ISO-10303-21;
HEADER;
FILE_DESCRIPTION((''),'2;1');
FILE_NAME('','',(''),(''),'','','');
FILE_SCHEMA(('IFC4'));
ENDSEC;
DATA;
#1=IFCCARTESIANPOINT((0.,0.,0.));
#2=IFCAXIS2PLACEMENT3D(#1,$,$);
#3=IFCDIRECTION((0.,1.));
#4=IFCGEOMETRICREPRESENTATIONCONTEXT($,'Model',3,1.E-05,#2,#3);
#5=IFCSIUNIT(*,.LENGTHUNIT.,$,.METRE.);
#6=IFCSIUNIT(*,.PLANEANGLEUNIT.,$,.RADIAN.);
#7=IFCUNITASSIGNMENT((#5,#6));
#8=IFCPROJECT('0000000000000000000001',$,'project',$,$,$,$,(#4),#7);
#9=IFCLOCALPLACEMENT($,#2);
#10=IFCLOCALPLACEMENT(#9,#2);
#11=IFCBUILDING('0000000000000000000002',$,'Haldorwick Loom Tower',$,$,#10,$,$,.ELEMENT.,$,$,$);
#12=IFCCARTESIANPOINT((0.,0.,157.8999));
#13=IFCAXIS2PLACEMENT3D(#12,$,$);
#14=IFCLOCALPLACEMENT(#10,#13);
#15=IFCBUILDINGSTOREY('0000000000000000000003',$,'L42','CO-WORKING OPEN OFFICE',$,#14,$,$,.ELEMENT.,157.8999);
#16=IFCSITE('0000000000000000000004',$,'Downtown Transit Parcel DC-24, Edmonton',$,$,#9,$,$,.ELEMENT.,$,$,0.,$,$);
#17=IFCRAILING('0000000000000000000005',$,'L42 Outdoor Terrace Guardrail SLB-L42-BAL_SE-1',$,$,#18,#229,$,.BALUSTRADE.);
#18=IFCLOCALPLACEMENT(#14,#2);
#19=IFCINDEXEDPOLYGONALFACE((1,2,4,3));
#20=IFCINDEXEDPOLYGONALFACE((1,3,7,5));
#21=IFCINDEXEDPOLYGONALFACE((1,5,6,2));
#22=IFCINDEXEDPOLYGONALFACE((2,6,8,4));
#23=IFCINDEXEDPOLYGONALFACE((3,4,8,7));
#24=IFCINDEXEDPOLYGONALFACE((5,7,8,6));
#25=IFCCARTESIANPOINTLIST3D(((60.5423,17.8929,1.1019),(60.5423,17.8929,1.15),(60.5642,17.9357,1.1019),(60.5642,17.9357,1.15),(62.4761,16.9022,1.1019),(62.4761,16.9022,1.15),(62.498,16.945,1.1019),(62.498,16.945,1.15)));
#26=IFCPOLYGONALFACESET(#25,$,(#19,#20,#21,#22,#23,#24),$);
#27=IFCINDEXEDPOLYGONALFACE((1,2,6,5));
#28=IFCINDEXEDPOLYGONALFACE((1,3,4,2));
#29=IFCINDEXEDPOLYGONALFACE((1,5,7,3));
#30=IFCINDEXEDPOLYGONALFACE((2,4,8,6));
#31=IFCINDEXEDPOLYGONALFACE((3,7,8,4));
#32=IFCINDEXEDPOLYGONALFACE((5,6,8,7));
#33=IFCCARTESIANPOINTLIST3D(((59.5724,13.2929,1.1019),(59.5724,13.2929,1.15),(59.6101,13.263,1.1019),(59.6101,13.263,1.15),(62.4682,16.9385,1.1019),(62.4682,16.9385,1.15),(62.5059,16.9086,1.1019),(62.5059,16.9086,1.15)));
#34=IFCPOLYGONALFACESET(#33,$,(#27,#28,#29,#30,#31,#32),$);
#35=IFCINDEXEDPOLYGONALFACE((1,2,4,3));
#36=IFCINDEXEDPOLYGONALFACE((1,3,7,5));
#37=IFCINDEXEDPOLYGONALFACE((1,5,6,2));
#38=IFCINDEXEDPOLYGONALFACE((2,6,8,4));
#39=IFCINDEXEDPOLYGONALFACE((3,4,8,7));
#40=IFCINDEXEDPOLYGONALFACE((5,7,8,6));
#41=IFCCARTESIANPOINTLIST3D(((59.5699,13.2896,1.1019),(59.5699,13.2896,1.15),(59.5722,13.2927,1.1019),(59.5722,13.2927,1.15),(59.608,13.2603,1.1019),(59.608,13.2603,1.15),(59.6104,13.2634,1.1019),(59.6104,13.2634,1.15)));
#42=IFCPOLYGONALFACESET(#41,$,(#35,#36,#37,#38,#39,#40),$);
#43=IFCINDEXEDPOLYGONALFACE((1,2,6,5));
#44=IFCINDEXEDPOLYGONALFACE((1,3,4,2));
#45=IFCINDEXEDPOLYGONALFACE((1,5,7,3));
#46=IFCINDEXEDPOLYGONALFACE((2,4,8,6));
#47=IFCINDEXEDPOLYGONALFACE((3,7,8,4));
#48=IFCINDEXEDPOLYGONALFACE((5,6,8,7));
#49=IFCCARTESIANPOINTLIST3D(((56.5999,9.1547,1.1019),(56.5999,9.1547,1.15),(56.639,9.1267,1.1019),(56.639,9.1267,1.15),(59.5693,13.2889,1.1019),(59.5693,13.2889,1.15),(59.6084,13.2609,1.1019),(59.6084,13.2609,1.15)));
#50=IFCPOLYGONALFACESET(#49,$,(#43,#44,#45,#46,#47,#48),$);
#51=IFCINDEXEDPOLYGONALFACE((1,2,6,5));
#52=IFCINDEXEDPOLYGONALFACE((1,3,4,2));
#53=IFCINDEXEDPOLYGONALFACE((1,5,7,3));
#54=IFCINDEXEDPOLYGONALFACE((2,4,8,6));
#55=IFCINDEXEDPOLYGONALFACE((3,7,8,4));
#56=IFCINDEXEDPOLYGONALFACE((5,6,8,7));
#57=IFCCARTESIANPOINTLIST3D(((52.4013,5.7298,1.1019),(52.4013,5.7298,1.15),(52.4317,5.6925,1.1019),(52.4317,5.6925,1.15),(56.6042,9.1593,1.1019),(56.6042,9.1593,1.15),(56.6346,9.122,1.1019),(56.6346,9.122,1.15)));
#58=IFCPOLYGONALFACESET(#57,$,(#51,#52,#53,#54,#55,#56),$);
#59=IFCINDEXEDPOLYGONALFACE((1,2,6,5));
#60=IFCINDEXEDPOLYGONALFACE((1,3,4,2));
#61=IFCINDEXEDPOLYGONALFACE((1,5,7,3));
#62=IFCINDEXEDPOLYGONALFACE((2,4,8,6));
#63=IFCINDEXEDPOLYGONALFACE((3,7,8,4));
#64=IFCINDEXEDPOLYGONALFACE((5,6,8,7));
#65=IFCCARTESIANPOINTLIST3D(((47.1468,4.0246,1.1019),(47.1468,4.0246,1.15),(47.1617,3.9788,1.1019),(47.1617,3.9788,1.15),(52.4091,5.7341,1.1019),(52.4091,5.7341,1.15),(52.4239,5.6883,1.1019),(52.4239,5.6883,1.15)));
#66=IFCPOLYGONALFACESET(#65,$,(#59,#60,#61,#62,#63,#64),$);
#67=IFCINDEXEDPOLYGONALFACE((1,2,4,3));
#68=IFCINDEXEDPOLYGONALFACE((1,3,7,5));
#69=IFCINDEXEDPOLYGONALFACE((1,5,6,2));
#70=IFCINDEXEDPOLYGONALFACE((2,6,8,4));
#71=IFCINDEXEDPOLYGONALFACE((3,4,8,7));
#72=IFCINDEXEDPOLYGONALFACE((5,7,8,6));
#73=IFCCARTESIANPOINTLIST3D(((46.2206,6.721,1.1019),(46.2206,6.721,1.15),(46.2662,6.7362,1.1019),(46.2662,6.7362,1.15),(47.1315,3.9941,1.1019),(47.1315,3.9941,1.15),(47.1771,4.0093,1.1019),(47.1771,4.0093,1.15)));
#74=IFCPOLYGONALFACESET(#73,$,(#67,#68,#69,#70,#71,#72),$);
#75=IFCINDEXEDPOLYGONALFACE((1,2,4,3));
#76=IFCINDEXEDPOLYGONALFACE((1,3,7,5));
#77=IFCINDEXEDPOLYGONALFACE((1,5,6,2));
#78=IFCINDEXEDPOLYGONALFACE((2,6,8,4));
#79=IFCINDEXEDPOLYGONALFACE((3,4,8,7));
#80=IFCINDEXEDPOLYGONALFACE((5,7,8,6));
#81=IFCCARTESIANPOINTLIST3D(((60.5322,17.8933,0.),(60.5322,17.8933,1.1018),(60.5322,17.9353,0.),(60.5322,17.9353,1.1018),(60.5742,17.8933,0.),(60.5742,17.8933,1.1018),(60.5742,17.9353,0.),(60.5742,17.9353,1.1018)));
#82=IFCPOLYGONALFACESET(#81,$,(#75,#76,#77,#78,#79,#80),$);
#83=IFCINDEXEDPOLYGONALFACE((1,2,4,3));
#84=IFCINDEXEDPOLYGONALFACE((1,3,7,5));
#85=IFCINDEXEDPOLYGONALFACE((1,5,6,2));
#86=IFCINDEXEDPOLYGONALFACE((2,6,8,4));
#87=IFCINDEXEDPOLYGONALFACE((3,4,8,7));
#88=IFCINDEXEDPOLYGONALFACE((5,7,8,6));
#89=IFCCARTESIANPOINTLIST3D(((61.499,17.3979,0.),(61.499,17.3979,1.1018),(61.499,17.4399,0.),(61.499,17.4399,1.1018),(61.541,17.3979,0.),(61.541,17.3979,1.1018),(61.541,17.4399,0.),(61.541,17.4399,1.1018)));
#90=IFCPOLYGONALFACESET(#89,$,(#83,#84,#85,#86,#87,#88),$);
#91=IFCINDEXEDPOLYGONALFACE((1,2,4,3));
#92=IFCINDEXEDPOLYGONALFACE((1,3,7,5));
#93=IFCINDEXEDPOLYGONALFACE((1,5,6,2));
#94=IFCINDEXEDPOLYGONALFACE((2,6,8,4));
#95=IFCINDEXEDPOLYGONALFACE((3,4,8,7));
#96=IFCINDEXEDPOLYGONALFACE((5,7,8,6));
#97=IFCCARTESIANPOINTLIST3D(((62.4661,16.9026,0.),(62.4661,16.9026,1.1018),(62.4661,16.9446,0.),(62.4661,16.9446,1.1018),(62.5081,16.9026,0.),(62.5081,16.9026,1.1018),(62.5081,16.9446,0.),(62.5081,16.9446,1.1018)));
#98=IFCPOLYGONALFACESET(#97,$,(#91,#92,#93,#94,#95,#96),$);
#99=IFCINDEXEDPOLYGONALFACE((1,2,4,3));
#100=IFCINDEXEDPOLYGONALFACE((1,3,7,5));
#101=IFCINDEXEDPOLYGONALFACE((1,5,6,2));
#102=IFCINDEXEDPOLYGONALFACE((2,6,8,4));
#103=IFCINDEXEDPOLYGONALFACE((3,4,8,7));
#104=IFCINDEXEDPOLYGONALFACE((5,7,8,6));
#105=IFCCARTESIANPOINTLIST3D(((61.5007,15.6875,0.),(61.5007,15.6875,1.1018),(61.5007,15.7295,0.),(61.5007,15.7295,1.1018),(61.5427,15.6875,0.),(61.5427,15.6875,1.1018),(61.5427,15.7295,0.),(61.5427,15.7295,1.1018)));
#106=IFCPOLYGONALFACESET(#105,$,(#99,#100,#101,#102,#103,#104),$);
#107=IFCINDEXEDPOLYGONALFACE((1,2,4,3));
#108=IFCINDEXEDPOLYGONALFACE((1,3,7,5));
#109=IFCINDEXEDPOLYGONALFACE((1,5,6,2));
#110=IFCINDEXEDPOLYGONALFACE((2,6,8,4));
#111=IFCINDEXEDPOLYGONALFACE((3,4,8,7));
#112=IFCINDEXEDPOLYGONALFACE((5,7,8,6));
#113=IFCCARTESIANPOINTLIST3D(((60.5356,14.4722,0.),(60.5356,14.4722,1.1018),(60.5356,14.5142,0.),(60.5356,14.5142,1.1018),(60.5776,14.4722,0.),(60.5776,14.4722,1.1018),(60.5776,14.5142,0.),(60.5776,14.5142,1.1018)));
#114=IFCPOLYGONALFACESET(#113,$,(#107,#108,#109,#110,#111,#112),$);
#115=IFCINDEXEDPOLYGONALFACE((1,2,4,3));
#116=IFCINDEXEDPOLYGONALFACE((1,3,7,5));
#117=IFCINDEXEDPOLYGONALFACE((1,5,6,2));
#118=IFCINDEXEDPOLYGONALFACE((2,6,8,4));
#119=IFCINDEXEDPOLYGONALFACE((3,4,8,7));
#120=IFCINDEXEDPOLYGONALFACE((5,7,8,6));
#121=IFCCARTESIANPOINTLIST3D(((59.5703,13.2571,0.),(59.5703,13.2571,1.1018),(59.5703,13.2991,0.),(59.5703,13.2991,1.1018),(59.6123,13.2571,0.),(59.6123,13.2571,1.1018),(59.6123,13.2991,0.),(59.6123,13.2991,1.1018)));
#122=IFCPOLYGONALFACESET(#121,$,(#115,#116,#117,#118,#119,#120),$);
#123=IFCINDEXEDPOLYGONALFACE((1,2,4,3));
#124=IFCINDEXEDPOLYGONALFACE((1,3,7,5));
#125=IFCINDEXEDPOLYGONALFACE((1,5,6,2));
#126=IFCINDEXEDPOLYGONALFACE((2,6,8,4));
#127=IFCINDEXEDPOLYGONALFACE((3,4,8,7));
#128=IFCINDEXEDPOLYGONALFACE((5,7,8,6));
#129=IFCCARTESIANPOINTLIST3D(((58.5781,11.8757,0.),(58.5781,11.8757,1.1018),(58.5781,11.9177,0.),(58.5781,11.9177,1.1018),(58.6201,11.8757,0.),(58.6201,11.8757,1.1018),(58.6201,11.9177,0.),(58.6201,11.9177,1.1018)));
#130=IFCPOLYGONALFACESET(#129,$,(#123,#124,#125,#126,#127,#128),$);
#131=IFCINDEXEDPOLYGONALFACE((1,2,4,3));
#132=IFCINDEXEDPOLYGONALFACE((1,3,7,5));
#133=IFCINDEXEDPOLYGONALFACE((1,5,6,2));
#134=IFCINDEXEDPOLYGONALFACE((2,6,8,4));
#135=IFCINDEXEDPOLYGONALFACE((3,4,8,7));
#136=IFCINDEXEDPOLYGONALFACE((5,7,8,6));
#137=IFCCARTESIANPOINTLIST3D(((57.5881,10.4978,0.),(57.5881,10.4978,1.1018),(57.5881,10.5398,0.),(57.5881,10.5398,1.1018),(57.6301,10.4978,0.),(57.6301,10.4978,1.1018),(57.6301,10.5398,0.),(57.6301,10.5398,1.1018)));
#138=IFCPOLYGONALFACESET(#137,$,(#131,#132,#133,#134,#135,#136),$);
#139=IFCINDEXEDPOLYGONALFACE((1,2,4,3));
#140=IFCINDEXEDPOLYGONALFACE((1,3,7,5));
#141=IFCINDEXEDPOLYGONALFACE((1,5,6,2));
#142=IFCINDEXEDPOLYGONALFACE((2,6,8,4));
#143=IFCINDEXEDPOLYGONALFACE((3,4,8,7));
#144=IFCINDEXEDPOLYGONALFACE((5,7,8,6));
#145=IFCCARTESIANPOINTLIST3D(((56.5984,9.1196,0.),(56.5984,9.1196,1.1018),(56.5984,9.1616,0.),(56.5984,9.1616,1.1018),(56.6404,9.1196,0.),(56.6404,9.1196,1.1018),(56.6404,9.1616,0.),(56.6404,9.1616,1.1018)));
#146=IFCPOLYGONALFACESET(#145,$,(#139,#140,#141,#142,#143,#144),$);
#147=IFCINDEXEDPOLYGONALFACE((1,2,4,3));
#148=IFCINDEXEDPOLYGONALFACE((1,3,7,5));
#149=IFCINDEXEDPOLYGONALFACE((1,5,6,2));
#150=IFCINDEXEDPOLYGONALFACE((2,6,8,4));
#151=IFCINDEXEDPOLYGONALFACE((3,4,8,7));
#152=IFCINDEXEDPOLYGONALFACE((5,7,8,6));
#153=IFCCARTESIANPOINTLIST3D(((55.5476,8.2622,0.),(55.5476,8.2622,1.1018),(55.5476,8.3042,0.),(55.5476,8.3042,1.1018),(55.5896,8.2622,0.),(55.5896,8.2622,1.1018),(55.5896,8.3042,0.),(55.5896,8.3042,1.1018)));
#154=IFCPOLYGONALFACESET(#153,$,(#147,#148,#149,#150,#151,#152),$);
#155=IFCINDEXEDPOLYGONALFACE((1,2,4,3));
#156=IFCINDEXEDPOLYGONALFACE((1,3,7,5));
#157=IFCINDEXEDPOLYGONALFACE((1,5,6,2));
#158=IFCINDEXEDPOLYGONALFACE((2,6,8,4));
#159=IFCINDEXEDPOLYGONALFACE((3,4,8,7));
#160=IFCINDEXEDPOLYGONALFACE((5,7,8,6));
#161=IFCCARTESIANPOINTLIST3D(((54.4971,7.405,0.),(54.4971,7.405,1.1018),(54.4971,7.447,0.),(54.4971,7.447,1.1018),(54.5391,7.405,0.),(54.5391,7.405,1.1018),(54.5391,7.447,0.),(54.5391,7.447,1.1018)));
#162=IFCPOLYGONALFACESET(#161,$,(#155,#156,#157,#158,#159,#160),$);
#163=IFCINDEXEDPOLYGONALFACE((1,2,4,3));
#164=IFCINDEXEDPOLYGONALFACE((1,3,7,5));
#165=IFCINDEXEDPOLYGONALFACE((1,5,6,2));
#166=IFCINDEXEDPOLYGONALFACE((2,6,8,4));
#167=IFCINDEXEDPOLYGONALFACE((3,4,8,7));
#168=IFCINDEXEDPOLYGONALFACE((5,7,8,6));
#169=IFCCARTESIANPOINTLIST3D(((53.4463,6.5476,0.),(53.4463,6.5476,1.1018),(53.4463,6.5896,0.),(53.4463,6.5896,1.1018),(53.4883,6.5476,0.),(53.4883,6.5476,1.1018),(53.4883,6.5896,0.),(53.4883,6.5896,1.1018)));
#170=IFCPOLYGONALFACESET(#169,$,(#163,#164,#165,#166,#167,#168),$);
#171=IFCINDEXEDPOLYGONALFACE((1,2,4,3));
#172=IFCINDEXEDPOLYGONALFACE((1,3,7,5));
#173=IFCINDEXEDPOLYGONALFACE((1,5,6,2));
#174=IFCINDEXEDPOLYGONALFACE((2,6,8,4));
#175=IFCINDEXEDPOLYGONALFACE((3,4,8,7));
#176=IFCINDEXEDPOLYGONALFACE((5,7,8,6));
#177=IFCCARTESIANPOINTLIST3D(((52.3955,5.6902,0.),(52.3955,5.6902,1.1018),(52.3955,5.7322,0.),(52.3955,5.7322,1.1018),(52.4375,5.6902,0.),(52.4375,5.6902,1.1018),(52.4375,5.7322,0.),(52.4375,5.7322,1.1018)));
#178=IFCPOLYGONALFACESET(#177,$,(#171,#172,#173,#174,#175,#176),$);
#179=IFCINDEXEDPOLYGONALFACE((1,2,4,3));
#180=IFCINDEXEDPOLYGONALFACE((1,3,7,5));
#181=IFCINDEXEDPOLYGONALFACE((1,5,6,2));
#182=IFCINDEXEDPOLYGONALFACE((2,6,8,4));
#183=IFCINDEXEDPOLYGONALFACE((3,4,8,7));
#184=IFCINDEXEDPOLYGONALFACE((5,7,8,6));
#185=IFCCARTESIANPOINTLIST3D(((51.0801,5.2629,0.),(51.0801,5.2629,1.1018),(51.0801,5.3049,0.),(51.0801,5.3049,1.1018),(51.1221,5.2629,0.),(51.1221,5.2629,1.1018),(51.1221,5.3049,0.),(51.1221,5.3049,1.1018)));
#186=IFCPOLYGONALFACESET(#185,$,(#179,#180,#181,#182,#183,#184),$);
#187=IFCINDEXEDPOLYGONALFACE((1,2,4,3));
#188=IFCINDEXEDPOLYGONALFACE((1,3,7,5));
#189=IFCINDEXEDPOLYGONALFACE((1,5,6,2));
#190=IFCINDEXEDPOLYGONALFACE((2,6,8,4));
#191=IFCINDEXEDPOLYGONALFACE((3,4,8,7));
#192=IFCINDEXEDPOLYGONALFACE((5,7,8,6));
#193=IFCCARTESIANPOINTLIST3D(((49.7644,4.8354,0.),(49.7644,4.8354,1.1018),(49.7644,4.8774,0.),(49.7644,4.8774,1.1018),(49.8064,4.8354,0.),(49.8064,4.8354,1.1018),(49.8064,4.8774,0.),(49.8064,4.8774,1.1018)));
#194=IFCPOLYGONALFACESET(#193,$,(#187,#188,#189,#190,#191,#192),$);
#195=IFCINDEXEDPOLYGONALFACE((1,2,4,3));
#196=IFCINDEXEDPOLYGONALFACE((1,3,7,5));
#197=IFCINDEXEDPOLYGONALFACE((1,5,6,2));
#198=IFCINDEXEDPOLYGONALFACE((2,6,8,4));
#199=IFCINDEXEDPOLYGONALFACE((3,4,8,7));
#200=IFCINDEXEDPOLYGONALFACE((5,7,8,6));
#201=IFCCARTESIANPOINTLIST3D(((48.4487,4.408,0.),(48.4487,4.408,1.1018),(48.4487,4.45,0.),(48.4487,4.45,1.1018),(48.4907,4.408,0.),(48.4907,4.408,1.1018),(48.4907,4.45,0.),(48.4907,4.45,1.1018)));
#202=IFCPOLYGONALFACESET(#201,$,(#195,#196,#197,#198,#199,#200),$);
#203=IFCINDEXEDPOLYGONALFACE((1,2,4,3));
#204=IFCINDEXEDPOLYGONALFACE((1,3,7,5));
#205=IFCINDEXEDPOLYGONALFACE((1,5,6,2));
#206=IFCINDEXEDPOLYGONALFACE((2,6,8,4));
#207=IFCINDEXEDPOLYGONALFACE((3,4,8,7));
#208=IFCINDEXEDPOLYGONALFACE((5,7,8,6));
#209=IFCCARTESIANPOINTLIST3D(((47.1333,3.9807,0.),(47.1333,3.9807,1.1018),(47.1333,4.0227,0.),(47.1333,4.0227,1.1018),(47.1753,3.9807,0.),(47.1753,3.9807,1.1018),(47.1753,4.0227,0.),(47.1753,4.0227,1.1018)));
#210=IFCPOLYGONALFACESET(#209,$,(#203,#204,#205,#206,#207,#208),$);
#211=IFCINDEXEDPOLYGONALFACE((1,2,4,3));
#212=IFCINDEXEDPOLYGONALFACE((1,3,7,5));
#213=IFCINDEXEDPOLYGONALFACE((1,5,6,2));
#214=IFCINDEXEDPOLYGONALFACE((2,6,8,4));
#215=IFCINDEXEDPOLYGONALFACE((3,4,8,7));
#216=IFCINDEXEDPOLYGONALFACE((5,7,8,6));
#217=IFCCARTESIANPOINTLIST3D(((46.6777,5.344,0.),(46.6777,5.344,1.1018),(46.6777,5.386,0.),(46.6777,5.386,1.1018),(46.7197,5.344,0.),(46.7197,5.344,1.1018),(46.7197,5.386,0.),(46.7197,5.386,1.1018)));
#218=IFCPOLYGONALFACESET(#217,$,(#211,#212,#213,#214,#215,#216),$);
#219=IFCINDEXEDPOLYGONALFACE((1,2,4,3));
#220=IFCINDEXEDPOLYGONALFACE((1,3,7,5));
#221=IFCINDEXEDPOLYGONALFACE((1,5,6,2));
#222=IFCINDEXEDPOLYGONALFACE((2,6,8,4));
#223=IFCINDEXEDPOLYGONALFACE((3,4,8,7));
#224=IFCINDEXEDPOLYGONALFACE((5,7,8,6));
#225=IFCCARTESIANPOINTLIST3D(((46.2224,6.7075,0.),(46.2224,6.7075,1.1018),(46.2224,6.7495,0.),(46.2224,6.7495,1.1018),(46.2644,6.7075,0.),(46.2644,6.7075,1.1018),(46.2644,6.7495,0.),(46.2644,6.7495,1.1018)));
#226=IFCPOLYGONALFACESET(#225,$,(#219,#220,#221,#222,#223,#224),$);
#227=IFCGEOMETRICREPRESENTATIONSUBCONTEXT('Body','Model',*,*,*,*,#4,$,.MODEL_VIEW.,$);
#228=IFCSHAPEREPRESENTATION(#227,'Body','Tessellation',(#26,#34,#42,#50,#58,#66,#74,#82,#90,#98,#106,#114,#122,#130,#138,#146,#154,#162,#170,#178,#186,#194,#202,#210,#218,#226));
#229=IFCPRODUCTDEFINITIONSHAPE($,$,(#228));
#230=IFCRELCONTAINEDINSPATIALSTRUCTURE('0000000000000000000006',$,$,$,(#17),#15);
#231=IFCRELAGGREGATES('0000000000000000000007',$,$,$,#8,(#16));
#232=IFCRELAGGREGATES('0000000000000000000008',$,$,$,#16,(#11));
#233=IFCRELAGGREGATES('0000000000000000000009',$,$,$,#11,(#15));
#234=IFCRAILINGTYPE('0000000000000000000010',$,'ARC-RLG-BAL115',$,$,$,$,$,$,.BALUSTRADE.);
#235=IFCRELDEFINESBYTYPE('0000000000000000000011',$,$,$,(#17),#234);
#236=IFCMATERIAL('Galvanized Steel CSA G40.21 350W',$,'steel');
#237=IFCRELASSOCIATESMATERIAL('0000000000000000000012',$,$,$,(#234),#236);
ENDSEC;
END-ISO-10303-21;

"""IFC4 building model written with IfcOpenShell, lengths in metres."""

from ifc_helpers import new_model, si_unit, direction, frame, origin, origin_2d, place, context, subcontext, project, spatial, rectangle, extrude, material, type_object, element, save


model = new_model("IFC4")

# Units and contexts
model_context = context("Model", 3, precision=1e-05, world=origin(), true_north=direction((0.0, 1.0)))
body_context = subcontext(model_context, "Body", "Model", "MODEL_VIEW")
ifc_project = project(units=[si_unit("LENGTHUNIT", "METRE"), si_unit("PLANEANGLEUNIT", "RADIAN")], contexts=[model_context])

# Site, building, storey
site_placement = place(None, origin())
site = spatial("IfcSite", under=ifc_project, at=site_placement, Name="Downtown Transit Parcel DC-24, Edmonton", CompositionType="ELEMENT", RefElevation=0.0)
building_placement = place(site_placement, origin())
building = spatial("IfcBuilding", under=site, at=building_placement, Name="Haldorwick Loom Tower", CompositionType="ELEMENT")
storey_placement = place(building_placement, frame((0.0, 0.0, 157.8999)))
storey = spatial("IfcBuildingStorey", under=building, at=storey_placement, Name="L42", Description="CO-WORKING OPEN OFFICE", CompositionType="ELEMENT", Elevation=157.8999)

# Railing
ifc_material_1 = material(Name="Galvanized Steel CSA G40.21 350W", Category="steel")
railing_type = type_object("IfcRailingType", Name="ARC-RLG-BAL115", PredefinedType="BALUSTRADE", material=ifc_material_1)
railing_placement = place(storey_placement, frame((60.5532, 17.9143, 0.0)))
element("IfcRailing", 1, at=railing_placement, inside=storey, type_object=railing_type, Name="L42 Outdoor Terrace Guardrail SLB-L42-BAL_SE-1", PredefinedType="BALUSTRADE", context=body_context, shape_type="SweptSolid", body=[
    extrude(rectangle(XDim=0.0481, YDim=0.0481, at=origin_2d()), frame((0.0, 0.0, 1.126), z_axis=(0.890002, -0.455956, 0.0), x_axis=(0.455956, 0.890002, 0.0)), (0.0, 0.0, 1.0), 2.1729),
    extrude(rectangle(XDim=0.0481, YDim=0.0481, at=origin_2d()), frame((1.9338, -0.9907, 1.126), z_axis=(-0.621986, -0.783028, 0.0), x_axis=(0.783028, -0.621986, 0.0)), (0.0, 0.0, 1.0), 4.6558),
    extrude(rectangle(XDim=0.0481, YDim=0.0481, at=origin_2d()), frame((-0.9619, -4.6362, 1.126), z_axis=(-0.609711, -0.792624, 0.0), x_axis=(0.792624, -0.609711, 0.0)), (0.0, 0.0, 1.0), 0.0039),
    extrude(rectangle(XDim=0.0481, YDim=0.0481, at=origin_2d()), frame((-0.9644, -4.6394, 1.126), z_axis=(-0.583373, -0.812204, 0.0), x_axis=(0.812204, -0.583373, 0.0)), (0.0, 0.0, 1.0), 5.0901),
    extrude(rectangle(XDim=0.0481, YDim=0.0481, at=origin_2d()), frame((-3.9338, -8.7737, 1.126), z_axis=(-0.774795, -0.632213, 0.0), x_axis=(0.632213, -0.774795, 0.0)), (0.0, 0.0, 1.0), 5.4246),
    extrude(rectangle(XDim=0.0481, YDim=0.0481, at=origin_2d()), frame((-8.1367, -12.2031, 1.126), z_axis=(-0.951074, -0.308964, 0.0), x_axis=(0.308964, -0.951074, 0.0)), (0.0, 0.0, 1.0), 5.533),
    extrude(rectangle(XDim=0.0481, YDim=0.0481, at=origin_2d()), frame((-13.3989, -13.9126, 1.126), z_axis=(-0.316839, 0.948479, 0.0), x_axis=(-0.948479, -0.316839, 0.0)), (0.0, 0.0, 1.0), 2.875),
    extrude(rectangle(XDim=0.042, YDim=0.042, at=origin_2d()), origin(), (0.0, 0.0, 1.0), 1.1018),
    extrude(rectangle(XDim=0.042, YDim=0.042, at=origin_2d()), frame((0.9668, -0.4954, 0.0)), (0.0, 0.0, 1.0), 1.1018),
    extrude(rectangle(XDim=0.042, YDim=0.042, at=origin_2d()), frame((1.9338, -0.9907, 0.0)), (0.0, 0.0, 1.0), 1.1018),
    extrude(rectangle(XDim=0.042, YDim=0.042, at=origin_2d()), frame((0.9685, -2.2058, 0.0)), (0.0, 0.0, 1.0), 1.1018),
    extrude(rectangle(XDim=0.042, YDim=0.042, at=origin_2d()), frame((0.0034, -3.4211, 0.0)), (0.0, 0.0, 1.0), 1.1018),
    extrude(rectangle(XDim=0.042, YDim=0.042, at=origin_2d()), frame((-0.9619, -4.6362, 0.0)), (0.0, 0.0, 1.0), 1.1018),
    extrude(rectangle(XDim=0.042, YDim=0.042, at=origin_2d()), frame((-1.9541, -6.0176, 0.0)), (0.0, 0.0, 1.0), 1.1018),
    extrude(rectangle(XDim=0.042, YDim=0.042, at=origin_2d()), frame((-2.9441, -7.3955, 0.0)), (0.0, 0.0, 1.0), 1.1018),
    extrude(rectangle(XDim=0.042, YDim=0.042, at=origin_2d()), frame((-3.9338, -8.7737, 0.0)), (0.0, 0.0, 1.0), 1.1018),
    extrude(rectangle(XDim=0.042, YDim=0.042, at=origin_2d()), frame((-4.9846, -9.6311, 0.0)), (0.0, 0.0, 1.0), 1.1018),
    extrude(rectangle(XDim=0.042, YDim=0.042, at=origin_2d()), frame((-6.0352, -10.4883, 0.0)), (0.0, 0.0, 1.0), 1.1018),
    extrude(rectangle(XDim=0.042, YDim=0.042, at=origin_2d()), frame((-7.0859, -11.3457, 0.0)), (0.0, 0.0, 1.0), 1.1018),
    extrude(rectangle(XDim=0.042, YDim=0.042, at=origin_2d()), frame((-8.1367, -12.2031, 0.0)), (0.0, 0.0, 1.0), 1.1018),
    extrude(rectangle(XDim=0.042, YDim=0.042, at=origin_2d()), frame((-9.4521, -12.6304, 0.0)), (0.0, 0.0, 1.0), 1.1018),
    extrude(rectangle(XDim=0.042, YDim=0.042, at=origin_2d()), frame((-10.7678, -13.0579, 0.0)), (0.0, 0.0, 1.0), 1.1018),
    extrude(rectangle(XDim=0.042, YDim=0.042, at=origin_2d()), frame((-12.0835, -13.4854, 0.0)), (0.0, 0.0, 1.0), 1.1018),
    extrude(rectangle(XDim=0.042, YDim=0.042, at=origin_2d()), frame((-13.3989, -13.9126, 0.0)), (0.0, 0.0, 1.0), 1.1018),
    extrude(rectangle(XDim=0.042, YDim=0.042, at=origin_2d()), frame((-13.8545, -12.5493, 0.0)), (0.0, 0.0, 1.0), 1.1018),
    extrude(rectangle(XDim=0.042, YDim=0.042, at=origin_2d()), frame((-14.3098, -11.1858, 0.0)), (0.0, 0.0, 1.0), 1.1018),
])

save(model, "model.ifc")
